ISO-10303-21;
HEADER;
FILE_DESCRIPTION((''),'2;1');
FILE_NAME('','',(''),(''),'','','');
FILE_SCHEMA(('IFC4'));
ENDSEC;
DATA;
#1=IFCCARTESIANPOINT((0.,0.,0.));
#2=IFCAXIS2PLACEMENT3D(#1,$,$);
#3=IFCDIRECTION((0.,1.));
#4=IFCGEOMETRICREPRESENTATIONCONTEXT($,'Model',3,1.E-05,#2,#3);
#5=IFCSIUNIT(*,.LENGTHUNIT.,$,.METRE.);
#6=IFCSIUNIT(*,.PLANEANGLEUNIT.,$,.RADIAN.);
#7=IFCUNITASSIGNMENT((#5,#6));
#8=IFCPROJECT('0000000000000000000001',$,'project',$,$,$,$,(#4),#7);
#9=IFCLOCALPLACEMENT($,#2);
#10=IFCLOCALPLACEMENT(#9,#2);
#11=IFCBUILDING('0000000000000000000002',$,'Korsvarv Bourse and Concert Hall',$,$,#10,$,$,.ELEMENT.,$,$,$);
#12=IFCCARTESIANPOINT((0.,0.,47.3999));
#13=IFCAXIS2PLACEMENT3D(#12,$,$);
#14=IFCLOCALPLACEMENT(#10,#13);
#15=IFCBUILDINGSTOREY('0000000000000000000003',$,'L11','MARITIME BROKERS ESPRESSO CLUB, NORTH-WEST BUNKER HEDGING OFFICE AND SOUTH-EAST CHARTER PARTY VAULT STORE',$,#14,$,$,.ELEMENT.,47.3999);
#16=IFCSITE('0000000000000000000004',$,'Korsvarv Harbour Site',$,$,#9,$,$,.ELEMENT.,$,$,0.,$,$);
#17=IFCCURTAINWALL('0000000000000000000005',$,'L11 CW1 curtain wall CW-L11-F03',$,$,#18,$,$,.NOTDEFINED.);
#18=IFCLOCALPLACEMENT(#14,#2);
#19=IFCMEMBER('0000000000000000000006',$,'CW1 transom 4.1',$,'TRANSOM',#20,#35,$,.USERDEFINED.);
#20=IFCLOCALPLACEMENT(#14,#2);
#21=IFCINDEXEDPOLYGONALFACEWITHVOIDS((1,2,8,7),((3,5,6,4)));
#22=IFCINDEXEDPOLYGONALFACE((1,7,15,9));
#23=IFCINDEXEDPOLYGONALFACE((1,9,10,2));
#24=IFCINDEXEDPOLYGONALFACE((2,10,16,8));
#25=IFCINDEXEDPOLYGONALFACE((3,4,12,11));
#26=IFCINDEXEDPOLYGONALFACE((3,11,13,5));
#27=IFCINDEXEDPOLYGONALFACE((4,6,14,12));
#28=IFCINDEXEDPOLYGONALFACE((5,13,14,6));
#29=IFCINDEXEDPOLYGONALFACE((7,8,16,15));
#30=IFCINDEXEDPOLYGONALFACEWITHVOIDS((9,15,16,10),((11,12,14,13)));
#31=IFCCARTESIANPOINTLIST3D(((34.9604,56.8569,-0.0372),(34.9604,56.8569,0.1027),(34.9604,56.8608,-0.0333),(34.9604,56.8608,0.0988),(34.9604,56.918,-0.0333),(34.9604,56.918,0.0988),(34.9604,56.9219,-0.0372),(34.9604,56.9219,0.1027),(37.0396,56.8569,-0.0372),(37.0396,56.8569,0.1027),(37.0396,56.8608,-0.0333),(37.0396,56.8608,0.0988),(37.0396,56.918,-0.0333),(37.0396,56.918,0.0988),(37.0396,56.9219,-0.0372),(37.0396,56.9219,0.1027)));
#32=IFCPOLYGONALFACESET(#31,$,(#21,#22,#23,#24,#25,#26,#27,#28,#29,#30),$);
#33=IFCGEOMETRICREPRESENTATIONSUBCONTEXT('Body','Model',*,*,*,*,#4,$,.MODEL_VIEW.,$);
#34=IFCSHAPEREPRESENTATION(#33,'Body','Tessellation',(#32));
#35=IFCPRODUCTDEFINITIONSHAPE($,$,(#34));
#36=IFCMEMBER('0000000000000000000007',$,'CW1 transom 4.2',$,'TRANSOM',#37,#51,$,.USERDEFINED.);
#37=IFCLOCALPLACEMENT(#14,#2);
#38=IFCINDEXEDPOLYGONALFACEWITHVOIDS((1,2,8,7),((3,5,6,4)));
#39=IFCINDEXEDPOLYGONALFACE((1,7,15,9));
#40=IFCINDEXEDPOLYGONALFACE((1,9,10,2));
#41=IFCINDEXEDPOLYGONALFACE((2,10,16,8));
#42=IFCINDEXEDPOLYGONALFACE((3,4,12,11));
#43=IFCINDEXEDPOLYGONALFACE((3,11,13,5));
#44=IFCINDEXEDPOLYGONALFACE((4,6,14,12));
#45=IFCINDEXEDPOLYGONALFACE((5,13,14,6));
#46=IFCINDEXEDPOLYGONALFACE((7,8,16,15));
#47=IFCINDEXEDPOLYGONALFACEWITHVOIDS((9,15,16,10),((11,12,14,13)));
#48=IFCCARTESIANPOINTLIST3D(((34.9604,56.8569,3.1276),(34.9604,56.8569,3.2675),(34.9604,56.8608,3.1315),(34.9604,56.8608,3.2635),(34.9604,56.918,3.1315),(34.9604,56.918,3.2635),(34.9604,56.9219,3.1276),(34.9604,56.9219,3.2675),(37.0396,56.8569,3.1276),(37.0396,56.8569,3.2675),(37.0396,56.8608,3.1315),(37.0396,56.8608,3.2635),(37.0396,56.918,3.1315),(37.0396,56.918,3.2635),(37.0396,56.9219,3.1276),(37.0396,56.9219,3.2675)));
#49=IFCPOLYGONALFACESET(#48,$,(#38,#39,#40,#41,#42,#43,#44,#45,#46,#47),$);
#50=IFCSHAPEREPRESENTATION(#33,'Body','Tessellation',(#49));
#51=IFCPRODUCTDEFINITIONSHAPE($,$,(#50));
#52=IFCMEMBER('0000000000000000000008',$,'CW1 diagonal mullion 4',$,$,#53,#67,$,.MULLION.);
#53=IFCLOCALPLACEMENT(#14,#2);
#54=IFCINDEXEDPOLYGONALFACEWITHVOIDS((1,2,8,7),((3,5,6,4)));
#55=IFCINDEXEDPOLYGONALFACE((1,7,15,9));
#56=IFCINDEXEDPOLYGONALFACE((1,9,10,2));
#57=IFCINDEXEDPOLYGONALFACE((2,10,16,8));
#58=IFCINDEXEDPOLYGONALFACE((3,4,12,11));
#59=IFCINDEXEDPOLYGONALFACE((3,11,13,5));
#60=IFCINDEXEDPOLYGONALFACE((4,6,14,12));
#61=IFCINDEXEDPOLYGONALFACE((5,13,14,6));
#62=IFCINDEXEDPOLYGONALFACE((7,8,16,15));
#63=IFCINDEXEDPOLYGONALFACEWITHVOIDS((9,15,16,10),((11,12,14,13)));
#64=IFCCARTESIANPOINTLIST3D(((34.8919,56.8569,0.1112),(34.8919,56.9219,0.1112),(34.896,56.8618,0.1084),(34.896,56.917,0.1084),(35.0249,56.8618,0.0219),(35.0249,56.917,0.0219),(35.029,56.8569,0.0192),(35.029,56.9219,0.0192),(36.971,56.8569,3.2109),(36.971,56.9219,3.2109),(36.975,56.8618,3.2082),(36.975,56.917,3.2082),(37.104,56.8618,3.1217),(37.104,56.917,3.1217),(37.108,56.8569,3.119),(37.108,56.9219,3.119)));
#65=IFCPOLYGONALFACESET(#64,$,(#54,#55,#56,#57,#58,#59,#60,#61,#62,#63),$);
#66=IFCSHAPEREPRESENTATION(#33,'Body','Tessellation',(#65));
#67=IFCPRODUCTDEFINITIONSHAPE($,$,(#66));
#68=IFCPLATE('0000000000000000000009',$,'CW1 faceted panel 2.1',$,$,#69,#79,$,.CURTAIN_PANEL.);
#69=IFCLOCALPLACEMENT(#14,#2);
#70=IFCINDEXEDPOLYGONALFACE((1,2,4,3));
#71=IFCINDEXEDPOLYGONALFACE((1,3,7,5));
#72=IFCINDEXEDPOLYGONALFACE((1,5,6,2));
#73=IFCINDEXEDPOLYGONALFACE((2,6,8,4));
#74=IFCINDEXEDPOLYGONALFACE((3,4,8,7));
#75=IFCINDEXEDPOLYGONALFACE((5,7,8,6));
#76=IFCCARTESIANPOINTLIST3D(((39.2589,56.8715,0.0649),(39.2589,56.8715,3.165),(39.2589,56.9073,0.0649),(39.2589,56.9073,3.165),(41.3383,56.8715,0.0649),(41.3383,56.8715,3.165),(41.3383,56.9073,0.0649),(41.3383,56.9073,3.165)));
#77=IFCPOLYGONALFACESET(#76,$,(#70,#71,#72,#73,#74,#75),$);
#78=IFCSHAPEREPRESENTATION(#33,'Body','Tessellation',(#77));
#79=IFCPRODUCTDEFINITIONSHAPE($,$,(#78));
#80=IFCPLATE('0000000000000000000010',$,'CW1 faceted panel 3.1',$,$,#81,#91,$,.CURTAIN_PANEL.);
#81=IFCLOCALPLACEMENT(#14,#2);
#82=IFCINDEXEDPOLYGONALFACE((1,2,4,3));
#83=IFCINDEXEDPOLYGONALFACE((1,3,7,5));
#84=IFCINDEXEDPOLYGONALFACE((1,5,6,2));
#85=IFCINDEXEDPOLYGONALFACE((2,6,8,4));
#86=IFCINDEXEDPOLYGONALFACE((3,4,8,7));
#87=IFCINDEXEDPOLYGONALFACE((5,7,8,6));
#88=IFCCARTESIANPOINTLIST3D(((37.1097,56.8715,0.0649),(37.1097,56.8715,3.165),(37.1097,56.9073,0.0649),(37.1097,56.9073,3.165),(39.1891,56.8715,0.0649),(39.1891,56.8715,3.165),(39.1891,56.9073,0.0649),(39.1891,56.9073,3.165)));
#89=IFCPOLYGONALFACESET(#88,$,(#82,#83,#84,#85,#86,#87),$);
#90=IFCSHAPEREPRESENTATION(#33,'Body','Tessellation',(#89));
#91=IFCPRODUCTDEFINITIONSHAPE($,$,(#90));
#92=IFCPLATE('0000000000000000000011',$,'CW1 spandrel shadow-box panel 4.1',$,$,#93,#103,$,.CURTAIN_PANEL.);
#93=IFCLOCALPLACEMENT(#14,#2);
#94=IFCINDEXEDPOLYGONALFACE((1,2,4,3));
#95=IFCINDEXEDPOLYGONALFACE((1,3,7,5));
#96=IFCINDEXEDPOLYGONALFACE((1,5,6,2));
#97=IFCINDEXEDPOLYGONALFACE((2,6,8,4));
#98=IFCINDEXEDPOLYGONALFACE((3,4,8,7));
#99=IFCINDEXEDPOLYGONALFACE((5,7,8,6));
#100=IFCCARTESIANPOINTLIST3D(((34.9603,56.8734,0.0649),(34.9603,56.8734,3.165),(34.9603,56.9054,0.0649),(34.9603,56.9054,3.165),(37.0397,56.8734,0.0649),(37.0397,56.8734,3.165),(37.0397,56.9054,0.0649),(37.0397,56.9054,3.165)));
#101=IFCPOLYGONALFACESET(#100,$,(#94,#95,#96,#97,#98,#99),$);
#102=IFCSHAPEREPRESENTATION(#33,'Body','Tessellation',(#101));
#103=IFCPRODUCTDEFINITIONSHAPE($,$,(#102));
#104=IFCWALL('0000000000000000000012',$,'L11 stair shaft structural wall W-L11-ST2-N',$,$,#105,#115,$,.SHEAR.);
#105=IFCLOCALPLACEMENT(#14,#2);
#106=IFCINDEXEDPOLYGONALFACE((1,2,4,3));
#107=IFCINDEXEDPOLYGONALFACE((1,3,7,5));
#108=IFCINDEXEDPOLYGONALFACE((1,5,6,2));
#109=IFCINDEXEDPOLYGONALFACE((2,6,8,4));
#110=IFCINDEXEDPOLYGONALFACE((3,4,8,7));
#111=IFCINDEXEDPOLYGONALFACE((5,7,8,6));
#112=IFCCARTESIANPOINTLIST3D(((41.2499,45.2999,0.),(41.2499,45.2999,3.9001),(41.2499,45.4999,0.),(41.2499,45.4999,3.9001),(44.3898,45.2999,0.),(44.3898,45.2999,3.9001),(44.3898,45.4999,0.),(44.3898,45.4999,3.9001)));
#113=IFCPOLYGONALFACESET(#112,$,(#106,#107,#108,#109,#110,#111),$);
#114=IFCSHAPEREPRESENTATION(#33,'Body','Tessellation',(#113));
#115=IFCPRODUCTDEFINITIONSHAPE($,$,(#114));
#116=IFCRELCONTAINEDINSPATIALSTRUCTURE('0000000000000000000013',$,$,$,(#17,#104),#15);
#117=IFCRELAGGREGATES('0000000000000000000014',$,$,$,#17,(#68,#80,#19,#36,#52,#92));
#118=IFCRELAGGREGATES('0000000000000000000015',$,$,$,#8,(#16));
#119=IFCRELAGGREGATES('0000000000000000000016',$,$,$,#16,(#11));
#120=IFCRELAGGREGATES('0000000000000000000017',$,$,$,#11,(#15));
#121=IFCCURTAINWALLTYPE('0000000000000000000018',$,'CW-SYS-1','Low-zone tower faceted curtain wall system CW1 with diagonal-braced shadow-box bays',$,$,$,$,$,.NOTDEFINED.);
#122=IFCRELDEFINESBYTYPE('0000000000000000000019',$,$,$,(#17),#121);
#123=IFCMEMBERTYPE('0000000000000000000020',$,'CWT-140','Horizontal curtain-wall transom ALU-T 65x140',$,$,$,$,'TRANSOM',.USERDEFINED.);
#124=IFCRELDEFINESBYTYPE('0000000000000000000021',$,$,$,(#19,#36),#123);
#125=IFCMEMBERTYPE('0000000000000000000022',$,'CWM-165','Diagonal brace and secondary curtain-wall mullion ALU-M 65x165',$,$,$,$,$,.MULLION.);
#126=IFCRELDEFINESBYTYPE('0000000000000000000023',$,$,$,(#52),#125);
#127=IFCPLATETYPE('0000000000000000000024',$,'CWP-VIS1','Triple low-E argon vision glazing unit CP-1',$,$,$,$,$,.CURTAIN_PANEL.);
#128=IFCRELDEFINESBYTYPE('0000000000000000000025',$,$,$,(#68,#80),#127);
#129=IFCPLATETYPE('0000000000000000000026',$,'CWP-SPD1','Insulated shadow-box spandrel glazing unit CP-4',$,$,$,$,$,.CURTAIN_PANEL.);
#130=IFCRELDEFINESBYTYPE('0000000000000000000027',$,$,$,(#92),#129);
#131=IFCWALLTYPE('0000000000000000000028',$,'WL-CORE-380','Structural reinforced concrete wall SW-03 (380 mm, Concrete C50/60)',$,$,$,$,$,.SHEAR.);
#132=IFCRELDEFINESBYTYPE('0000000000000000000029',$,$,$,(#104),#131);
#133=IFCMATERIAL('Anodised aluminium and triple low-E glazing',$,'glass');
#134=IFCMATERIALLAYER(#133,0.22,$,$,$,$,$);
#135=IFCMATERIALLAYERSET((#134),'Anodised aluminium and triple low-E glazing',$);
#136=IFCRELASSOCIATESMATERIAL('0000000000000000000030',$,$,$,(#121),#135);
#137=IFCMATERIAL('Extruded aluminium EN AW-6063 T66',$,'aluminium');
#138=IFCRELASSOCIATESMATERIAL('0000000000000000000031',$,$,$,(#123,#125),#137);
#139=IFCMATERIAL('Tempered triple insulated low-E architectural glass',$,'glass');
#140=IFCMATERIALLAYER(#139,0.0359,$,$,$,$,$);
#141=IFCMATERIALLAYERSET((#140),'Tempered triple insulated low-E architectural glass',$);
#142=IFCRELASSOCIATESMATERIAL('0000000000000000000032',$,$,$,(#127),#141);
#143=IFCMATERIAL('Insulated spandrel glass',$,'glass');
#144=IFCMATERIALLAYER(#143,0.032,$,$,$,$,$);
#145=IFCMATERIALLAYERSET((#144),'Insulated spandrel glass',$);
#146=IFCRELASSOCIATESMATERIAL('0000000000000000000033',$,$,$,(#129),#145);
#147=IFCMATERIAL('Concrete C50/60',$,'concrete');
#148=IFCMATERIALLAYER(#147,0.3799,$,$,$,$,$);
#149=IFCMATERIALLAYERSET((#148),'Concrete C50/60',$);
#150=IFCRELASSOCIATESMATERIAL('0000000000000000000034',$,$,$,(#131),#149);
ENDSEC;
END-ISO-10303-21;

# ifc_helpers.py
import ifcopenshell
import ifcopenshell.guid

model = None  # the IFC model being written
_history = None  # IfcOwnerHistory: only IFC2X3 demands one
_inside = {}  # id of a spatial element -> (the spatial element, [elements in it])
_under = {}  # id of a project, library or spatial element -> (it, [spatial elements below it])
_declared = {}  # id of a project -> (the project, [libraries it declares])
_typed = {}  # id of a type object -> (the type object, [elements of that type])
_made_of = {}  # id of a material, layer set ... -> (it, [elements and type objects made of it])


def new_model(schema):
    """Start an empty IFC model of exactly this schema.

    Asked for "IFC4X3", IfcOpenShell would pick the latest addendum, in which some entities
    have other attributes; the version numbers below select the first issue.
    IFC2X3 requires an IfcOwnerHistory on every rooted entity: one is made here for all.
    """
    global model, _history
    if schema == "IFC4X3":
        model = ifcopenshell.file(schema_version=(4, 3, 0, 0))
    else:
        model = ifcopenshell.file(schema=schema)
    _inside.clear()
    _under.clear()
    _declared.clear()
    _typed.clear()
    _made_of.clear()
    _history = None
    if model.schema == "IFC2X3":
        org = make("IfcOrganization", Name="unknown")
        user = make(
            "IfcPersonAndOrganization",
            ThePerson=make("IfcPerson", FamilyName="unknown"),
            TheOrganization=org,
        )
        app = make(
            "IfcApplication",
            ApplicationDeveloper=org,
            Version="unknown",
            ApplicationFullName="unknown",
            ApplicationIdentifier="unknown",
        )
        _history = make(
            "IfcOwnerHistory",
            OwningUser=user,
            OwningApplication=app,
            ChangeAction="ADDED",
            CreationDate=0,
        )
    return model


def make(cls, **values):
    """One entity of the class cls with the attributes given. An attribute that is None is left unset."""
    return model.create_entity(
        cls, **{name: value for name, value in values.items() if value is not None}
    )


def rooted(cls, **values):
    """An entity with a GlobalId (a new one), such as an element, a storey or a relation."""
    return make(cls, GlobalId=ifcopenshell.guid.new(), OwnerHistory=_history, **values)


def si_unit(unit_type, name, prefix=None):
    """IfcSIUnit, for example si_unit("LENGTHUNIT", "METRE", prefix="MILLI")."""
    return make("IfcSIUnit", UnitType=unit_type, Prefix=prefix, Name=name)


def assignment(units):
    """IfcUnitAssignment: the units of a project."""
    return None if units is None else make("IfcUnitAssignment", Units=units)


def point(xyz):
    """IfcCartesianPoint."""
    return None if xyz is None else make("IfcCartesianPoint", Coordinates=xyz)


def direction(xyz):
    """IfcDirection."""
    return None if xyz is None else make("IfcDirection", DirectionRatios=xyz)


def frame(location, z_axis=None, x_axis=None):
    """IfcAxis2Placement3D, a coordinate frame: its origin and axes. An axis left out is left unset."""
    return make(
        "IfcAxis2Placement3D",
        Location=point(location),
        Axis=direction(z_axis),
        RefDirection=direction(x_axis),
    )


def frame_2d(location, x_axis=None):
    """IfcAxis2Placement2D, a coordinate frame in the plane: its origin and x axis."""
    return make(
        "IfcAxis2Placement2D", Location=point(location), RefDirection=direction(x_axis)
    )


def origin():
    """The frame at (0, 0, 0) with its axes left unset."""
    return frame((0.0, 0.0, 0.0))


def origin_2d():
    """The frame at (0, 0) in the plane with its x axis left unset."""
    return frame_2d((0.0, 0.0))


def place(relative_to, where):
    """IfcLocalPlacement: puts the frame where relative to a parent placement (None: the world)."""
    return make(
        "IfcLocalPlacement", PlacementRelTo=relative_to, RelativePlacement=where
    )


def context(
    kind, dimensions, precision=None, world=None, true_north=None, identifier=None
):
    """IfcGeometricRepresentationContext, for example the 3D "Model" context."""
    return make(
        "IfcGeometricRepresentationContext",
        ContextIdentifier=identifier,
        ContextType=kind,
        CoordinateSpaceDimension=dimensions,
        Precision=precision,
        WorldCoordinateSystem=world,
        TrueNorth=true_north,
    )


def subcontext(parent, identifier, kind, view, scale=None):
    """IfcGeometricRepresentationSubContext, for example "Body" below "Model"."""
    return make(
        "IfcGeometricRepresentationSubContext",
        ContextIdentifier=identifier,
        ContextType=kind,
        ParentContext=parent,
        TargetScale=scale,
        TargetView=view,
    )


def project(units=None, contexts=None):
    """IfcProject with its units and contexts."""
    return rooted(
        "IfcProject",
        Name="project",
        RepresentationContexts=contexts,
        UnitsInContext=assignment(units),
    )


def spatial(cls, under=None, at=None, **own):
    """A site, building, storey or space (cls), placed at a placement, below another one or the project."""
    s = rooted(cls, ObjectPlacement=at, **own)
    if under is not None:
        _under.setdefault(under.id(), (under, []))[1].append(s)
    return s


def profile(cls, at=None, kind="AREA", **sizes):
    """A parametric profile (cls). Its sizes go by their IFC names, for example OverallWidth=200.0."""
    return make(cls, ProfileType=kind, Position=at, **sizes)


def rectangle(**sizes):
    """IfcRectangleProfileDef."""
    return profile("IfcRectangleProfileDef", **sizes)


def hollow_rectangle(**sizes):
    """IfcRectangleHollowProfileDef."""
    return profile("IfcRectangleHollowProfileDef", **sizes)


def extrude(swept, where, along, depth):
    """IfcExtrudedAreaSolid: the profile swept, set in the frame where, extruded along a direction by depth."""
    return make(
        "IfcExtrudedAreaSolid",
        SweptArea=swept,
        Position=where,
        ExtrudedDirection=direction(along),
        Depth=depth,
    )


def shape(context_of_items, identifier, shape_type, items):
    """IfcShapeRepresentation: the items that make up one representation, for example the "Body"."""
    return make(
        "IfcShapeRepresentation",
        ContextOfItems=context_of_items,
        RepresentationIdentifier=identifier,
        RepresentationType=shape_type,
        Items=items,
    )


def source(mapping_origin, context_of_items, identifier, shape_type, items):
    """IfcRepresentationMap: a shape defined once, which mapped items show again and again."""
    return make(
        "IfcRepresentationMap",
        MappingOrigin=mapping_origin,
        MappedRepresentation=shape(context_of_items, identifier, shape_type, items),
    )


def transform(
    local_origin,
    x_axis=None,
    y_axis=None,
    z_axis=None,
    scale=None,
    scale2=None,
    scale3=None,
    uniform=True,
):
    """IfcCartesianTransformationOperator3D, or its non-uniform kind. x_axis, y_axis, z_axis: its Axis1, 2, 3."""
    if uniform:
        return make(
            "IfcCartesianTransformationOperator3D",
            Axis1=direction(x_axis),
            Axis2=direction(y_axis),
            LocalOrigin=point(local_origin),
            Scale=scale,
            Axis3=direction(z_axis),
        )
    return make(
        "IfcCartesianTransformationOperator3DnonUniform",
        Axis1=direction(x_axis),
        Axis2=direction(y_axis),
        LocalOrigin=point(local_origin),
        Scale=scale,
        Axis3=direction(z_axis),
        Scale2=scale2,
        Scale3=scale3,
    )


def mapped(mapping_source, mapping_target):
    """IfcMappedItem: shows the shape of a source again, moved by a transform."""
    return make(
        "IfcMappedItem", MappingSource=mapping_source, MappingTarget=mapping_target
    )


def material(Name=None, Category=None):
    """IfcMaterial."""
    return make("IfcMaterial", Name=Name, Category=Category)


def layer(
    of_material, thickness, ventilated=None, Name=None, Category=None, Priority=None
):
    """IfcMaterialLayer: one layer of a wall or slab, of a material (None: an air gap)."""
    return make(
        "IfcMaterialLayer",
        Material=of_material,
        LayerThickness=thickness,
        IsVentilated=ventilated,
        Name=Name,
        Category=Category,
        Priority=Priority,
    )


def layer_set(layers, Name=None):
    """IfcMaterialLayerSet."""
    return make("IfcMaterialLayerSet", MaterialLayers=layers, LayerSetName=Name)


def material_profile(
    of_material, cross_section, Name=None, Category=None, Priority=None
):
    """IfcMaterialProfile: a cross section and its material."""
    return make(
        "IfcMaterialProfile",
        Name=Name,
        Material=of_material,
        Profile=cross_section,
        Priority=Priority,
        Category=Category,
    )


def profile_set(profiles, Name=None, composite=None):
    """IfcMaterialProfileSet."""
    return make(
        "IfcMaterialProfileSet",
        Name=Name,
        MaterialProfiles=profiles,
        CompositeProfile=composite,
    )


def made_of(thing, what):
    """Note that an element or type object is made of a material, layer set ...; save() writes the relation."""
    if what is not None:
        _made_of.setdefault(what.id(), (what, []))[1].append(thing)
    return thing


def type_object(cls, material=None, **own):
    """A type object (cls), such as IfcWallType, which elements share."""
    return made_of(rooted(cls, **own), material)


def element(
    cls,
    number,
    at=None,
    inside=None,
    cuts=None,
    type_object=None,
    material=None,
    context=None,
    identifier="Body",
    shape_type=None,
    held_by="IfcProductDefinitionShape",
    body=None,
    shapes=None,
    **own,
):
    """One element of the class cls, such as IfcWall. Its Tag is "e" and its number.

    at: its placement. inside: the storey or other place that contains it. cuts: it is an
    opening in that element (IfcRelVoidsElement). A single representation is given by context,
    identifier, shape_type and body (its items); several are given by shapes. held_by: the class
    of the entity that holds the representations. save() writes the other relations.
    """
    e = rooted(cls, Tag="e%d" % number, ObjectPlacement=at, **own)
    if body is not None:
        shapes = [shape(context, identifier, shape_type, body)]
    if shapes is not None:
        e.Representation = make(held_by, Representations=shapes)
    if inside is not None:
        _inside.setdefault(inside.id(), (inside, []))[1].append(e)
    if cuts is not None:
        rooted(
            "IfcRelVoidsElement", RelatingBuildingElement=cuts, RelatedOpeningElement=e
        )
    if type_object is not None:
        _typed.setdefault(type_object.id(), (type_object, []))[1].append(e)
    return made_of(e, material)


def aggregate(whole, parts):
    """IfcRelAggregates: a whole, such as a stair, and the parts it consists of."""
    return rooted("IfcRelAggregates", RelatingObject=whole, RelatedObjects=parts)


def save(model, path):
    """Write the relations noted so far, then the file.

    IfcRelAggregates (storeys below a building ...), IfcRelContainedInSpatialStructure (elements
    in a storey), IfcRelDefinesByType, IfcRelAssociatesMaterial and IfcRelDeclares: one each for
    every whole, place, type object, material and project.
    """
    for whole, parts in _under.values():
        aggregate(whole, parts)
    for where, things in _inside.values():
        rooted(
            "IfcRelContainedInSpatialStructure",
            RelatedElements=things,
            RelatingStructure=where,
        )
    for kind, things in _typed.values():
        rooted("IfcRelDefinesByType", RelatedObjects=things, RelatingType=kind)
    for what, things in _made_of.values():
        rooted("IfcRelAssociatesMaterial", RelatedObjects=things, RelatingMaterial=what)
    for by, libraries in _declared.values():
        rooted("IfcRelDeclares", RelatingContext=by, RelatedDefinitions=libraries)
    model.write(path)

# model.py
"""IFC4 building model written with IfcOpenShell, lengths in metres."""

from ifc_helpers import new_model, si_unit, direction, frame, frame_2d, origin, origin_2d, place, context, subcontext, project, spatial, rectangle, hollow_rectangle, extrude, source, transform, mapped, material, layer, layer_set, material_profile, profile_set, type_object, element, aggregate, save


model = new_model("IFC4")

# Units and contexts
model_context = context("Model", 3, precision=1e-05, world=origin(), true_north=direction((0.0, 1.0)))
body_context = subcontext(model_context, "Body", "Model", "MODEL_VIEW")
ifc_project = project(units=[si_unit("LENGTHUNIT", "METRE"), si_unit("PLANEANGLEUNIT", "RADIAN")], contexts=[model_context])

# Site, building, storey
site_placement = place(None, origin())
site = spatial("IfcSite", under=ifc_project, at=site_placement, Name="Korsvarv Harbour Site", CompositionType="ELEMENT", RefElevation=0.0)
building_placement = place(site_placement, origin())
building = spatial("IfcBuilding", under=site, at=building_placement, Name="Korsvarv Bourse and Concert Hall", CompositionType="ELEMENT")
storey_placement = place(building_placement, frame((0.0, 0.0, 47.3999)))
storey = spatial("IfcBuildingStorey", under=building, at=storey_placement, Name="L11", Description="MARITIME BROKERS ESPRESSO CLUB, NORTH-WEST BUNKER HEDGING OFFICE AND SOUTH-EAST CHARTER PARTY VAULT STORE", CompositionType="ELEMENT", Elevation=47.3999)

# Curtain wall, members, plates
ifc_material_1 = material(Name="Anodised aluminium and triple low-E glazing", Category="glass")
ifc_layer_1 = layer(ifc_material_1, 0.22)
ifc_layer_set_1 = layer_set([ifc_layer_1], Name="Anodised aluminium and triple low-E glazing")
curtain_wall_type = type_object("IfcCurtainWallType", Name="CW-SYS-1", Description="Low-zone tower faceted curtain wall system CW1 with diagonal-braced shadow-box bays", PredefinedType="NOTDEFINED", material=ifc_layer_set_1)
curtain_wall_placement = place(storey_placement, origin())
curtain_wall = element("IfcCurtainWall", 1, at=curtain_wall_placement, inside=storey, type_object=curtain_wall_type, Name="L11 CW1 curtain wall CW-L11-F03", PredefinedType="NOTDEFINED")
ifc_material_2 = material(Name="Extruded aluminium EN AW-6063 T66", Category="aluminium")
ifc_material_profile_1 = material_profile(ifc_material_2, hollow_rectangle(XDim=0.0649, YDim=0.1399, WallThickness=0.0039, at=origin_2d()), Name="ALU-T 65x140")
ifc_profile_set_1 = profile_set([ifc_material_profile_1], Name="Extruded aluminium EN AW-6063 T66")
member_type_1 = type_object("IfcMemberType", Name="CWT-140", Description="Horizontal curtain-wall transom ALU-T 65x140", ElementType="TRANSOM", PredefinedType="USERDEFINED", material=ifc_profile_set_1)
shared_shape_1 = source(origin(), body_context, "Body", "SweptSolid", [
    extrude(hollow_rectangle(XDim=0.0649, YDim=0.1399, WallThickness=0.0039, at=origin_2d()), origin(), (0.0, 0.0, 1.0), 2.0791),
])
member_1_placement = place(storey_placement, frame((37.0396, 56.8894, 0.0327), z_axis=(-1.0, 0.0, 0.0), x_axis=(0.0, -1.0, 0.0)))
member_1 = element("IfcMember", 2, at=member_1_placement, type_object=member_type_1, Name="CW1 transom 4.1", ObjectType="TRANSOM", PredefinedType="USERDEFINED", context=body_context, shape_type="MappedRepresentation", body=[
    mapped(shared_shape_1, transform((0.0, 0.0, 0.0), scale=1.0)),
])
member_2_placement = place(storey_placement, frame((37.0396, 56.8894, 3.1975), z_axis=(-1.0, 0.0, 0.0), x_axis=(0.0, -1.0, 0.0)))
member_2 = element("IfcMember", 3, at=member_2_placement, type_object=member_type_1, Name="CW1 transom 4.2", ObjectType="TRANSOM", PredefinedType="USERDEFINED", context=body_context, shape_type="MappedRepresentation", body=[
    mapped(shared_shape_1, transform((0.0, 0.0, 0.0), scale=1.0)),
])
ifc_material_profile_2 = material_profile(ifc_material_2, hollow_rectangle(XDim=0.0649, YDim=0.165, WallThickness=0.0049, at=origin_2d()), Name="ALU-M 65x165")
ifc_profile_set_2 = profile_set([ifc_material_profile_2], Name="Extruded aluminium EN AW-6063 T66")
member_type_2 = type_object("IfcMemberType", Name="CWM-165", Description="Diagonal brace and secondary curtain-wall mullion ALU-M 65x165", PredefinedType="MULLION", material=ifc_profile_set_2)
shared_shape_2 = source(origin(), body_context, "Body", "SweptSolid", [
    extrude(hollow_rectangle(XDim=0.0649, YDim=0.165, WallThickness=0.0049, at=origin_2d()), origin(), (0.0, 0.0, 1.0), 3.7324),
])
member_3_placement = place(storey_placement, frame((34.9604, 56.8894, 0.0652), z_axis=(0.557023, 0.0, 0.830497), x_axis=(0.0, 1.0, 0.0)))
member_3 = element("IfcMember", 4, at=member_3_placement, type_object=member_type_2, Name="CW1 diagonal mullion 4", PredefinedType="MULLION", context=body_context, shape_type="MappedRepresentation", body=[
    mapped(shared_shape_2, transform((0.0, 0.0, 0.0), scale=1.0)),
])
ifc_material_3 = material(Name="Tempered triple insulated low-E architectural glass", Category="glass")
ifc_layer_2 = layer(ifc_material_3, 0.0359)
ifc_layer_set_2 = layer_set([ifc_layer_2], Name="Tempered triple insulated low-E architectural glass")
plate_type_1 = type_object("IfcPlateType", Name="CWP-VIS1", Description="Triple low-E argon vision glazing unit CP-1", PredefinedType="CURTAIN_PANEL", material=ifc_layer_set_2)
shared_shape_3 = source(origin(), body_context, "Body", "SweptSolid", [
    extrude(rectangle(XDim=2.0793, YDim=0.0359, at=origin_2d()), origin(), (0.0, 0.0, 1.0), 3.1001),
])
plate_1_placement = place(storey_placement, frame((40.2986, 56.8894, 0.0649), z_axis=(0.0, 0.0, 1.0), x_axis=(-1.0, 0.0, 0.0)))
plate_1 = element("IfcPlate", 5, at=plate_1_placement, type_object=plate_type_1, Name="CW1 faceted panel 2.1", PredefinedType="CURTAIN_PANEL", context=body_context, shape_type="MappedRepresentation", body=[
    mapped(shared_shape_3, transform((0.0, 0.0, 0.0), scale=1.0)),
])
plate_2_placement = place(storey_placement, frame((38.1494, 56.8894, 0.0649), z_axis=(0.0, 0.0, 1.0), x_axis=(-1.0, 0.0, 0.0)))
plate_2 = element("IfcPlate", 6, at=plate_2_placement, type_object=plate_type_1, Name="CW1 faceted panel 3.1", PredefinedType="CURTAIN_PANEL", context=body_context, shape_type="MappedRepresentation", body=[
    mapped(shared_shape_3, transform((0.0, 0.0, 0.0), scale=1.0)),
])
ifc_material_4 = material(Name="Insulated spandrel glass", Category="glass")
ifc_layer_3 = layer(ifc_material_4, 0.032)
ifc_layer_set_3 = layer_set([ifc_layer_3], Name="Insulated spandrel glass")
plate_type_2 = type_object("IfcPlateType", Name="CWP-SPD1", Description="Insulated shadow-box spandrel glazing unit CP-4", PredefinedType="CURTAIN_PANEL", material=ifc_layer_set_3)
shared_shape_4 = source(origin(), body_context, "Body", "SweptSolid", [
    extrude(rectangle(XDim=2.0793, YDim=0.032, at=origin_2d()), origin(), (0.0, 0.0, 1.0), 3.1001),
])
plate_3_placement = place(storey_placement, frame((36.0, 56.8894, 0.0649), z_axis=(0.0, 0.0, 1.0), x_axis=(-1.0, 0.0, 0.0)))
plate_3 = element("IfcPlate", 7, at=plate_3_placement, type_object=plate_type_2, Name="CW1 spandrel shadow-box panel 4.1", PredefinedType="CURTAIN_PANEL", context=body_context, shape_type="MappedRepresentation", body=[
    mapped(shared_shape_4, transform((0.0, 0.0, 0.0), scale=1.0)),
])
aggregate(curtain_wall, [plate_1, plate_2, member_1, member_2, member_3, plate_3])

# Wall
ifc_material_5 = material(Name="Concrete C50/60", Category="concrete")
ifc_layer_4 = layer(ifc_material_5, 0.3799)
ifc_layer_set_4 = layer_set([ifc_layer_4], Name="Concrete C50/60")
wall_type = type_object("IfcWallType", Name="WL-CORE-380", Description="Structural reinforced concrete wall SW-03 (380 mm, Concrete C50/60)", PredefinedType="SHEAR", material=ifc_layer_set_4)
wall_placement = place(storey_placement, frame((41.25, 45.3999, 0.0), z_axis=(0.0, 0.0, 1.0), x_axis=(1.0, 0.0, 0.0)))
element("IfcWall", 8, at=wall_placement, inside=storey, type_object=wall_type, Name="L11 stair shaft structural wall W-L11-ST2-N", PredefinedType="SHEAR", context=body_context, shape_type="SweptSolid", body=[
    extrude(rectangle(XDim=3.1399, YDim=0.2, at=frame_2d((1.5698, 0.0))), origin(), (0.0, 0.0, 1.0), 3.9001),
])

save(model, "model.ifc")
